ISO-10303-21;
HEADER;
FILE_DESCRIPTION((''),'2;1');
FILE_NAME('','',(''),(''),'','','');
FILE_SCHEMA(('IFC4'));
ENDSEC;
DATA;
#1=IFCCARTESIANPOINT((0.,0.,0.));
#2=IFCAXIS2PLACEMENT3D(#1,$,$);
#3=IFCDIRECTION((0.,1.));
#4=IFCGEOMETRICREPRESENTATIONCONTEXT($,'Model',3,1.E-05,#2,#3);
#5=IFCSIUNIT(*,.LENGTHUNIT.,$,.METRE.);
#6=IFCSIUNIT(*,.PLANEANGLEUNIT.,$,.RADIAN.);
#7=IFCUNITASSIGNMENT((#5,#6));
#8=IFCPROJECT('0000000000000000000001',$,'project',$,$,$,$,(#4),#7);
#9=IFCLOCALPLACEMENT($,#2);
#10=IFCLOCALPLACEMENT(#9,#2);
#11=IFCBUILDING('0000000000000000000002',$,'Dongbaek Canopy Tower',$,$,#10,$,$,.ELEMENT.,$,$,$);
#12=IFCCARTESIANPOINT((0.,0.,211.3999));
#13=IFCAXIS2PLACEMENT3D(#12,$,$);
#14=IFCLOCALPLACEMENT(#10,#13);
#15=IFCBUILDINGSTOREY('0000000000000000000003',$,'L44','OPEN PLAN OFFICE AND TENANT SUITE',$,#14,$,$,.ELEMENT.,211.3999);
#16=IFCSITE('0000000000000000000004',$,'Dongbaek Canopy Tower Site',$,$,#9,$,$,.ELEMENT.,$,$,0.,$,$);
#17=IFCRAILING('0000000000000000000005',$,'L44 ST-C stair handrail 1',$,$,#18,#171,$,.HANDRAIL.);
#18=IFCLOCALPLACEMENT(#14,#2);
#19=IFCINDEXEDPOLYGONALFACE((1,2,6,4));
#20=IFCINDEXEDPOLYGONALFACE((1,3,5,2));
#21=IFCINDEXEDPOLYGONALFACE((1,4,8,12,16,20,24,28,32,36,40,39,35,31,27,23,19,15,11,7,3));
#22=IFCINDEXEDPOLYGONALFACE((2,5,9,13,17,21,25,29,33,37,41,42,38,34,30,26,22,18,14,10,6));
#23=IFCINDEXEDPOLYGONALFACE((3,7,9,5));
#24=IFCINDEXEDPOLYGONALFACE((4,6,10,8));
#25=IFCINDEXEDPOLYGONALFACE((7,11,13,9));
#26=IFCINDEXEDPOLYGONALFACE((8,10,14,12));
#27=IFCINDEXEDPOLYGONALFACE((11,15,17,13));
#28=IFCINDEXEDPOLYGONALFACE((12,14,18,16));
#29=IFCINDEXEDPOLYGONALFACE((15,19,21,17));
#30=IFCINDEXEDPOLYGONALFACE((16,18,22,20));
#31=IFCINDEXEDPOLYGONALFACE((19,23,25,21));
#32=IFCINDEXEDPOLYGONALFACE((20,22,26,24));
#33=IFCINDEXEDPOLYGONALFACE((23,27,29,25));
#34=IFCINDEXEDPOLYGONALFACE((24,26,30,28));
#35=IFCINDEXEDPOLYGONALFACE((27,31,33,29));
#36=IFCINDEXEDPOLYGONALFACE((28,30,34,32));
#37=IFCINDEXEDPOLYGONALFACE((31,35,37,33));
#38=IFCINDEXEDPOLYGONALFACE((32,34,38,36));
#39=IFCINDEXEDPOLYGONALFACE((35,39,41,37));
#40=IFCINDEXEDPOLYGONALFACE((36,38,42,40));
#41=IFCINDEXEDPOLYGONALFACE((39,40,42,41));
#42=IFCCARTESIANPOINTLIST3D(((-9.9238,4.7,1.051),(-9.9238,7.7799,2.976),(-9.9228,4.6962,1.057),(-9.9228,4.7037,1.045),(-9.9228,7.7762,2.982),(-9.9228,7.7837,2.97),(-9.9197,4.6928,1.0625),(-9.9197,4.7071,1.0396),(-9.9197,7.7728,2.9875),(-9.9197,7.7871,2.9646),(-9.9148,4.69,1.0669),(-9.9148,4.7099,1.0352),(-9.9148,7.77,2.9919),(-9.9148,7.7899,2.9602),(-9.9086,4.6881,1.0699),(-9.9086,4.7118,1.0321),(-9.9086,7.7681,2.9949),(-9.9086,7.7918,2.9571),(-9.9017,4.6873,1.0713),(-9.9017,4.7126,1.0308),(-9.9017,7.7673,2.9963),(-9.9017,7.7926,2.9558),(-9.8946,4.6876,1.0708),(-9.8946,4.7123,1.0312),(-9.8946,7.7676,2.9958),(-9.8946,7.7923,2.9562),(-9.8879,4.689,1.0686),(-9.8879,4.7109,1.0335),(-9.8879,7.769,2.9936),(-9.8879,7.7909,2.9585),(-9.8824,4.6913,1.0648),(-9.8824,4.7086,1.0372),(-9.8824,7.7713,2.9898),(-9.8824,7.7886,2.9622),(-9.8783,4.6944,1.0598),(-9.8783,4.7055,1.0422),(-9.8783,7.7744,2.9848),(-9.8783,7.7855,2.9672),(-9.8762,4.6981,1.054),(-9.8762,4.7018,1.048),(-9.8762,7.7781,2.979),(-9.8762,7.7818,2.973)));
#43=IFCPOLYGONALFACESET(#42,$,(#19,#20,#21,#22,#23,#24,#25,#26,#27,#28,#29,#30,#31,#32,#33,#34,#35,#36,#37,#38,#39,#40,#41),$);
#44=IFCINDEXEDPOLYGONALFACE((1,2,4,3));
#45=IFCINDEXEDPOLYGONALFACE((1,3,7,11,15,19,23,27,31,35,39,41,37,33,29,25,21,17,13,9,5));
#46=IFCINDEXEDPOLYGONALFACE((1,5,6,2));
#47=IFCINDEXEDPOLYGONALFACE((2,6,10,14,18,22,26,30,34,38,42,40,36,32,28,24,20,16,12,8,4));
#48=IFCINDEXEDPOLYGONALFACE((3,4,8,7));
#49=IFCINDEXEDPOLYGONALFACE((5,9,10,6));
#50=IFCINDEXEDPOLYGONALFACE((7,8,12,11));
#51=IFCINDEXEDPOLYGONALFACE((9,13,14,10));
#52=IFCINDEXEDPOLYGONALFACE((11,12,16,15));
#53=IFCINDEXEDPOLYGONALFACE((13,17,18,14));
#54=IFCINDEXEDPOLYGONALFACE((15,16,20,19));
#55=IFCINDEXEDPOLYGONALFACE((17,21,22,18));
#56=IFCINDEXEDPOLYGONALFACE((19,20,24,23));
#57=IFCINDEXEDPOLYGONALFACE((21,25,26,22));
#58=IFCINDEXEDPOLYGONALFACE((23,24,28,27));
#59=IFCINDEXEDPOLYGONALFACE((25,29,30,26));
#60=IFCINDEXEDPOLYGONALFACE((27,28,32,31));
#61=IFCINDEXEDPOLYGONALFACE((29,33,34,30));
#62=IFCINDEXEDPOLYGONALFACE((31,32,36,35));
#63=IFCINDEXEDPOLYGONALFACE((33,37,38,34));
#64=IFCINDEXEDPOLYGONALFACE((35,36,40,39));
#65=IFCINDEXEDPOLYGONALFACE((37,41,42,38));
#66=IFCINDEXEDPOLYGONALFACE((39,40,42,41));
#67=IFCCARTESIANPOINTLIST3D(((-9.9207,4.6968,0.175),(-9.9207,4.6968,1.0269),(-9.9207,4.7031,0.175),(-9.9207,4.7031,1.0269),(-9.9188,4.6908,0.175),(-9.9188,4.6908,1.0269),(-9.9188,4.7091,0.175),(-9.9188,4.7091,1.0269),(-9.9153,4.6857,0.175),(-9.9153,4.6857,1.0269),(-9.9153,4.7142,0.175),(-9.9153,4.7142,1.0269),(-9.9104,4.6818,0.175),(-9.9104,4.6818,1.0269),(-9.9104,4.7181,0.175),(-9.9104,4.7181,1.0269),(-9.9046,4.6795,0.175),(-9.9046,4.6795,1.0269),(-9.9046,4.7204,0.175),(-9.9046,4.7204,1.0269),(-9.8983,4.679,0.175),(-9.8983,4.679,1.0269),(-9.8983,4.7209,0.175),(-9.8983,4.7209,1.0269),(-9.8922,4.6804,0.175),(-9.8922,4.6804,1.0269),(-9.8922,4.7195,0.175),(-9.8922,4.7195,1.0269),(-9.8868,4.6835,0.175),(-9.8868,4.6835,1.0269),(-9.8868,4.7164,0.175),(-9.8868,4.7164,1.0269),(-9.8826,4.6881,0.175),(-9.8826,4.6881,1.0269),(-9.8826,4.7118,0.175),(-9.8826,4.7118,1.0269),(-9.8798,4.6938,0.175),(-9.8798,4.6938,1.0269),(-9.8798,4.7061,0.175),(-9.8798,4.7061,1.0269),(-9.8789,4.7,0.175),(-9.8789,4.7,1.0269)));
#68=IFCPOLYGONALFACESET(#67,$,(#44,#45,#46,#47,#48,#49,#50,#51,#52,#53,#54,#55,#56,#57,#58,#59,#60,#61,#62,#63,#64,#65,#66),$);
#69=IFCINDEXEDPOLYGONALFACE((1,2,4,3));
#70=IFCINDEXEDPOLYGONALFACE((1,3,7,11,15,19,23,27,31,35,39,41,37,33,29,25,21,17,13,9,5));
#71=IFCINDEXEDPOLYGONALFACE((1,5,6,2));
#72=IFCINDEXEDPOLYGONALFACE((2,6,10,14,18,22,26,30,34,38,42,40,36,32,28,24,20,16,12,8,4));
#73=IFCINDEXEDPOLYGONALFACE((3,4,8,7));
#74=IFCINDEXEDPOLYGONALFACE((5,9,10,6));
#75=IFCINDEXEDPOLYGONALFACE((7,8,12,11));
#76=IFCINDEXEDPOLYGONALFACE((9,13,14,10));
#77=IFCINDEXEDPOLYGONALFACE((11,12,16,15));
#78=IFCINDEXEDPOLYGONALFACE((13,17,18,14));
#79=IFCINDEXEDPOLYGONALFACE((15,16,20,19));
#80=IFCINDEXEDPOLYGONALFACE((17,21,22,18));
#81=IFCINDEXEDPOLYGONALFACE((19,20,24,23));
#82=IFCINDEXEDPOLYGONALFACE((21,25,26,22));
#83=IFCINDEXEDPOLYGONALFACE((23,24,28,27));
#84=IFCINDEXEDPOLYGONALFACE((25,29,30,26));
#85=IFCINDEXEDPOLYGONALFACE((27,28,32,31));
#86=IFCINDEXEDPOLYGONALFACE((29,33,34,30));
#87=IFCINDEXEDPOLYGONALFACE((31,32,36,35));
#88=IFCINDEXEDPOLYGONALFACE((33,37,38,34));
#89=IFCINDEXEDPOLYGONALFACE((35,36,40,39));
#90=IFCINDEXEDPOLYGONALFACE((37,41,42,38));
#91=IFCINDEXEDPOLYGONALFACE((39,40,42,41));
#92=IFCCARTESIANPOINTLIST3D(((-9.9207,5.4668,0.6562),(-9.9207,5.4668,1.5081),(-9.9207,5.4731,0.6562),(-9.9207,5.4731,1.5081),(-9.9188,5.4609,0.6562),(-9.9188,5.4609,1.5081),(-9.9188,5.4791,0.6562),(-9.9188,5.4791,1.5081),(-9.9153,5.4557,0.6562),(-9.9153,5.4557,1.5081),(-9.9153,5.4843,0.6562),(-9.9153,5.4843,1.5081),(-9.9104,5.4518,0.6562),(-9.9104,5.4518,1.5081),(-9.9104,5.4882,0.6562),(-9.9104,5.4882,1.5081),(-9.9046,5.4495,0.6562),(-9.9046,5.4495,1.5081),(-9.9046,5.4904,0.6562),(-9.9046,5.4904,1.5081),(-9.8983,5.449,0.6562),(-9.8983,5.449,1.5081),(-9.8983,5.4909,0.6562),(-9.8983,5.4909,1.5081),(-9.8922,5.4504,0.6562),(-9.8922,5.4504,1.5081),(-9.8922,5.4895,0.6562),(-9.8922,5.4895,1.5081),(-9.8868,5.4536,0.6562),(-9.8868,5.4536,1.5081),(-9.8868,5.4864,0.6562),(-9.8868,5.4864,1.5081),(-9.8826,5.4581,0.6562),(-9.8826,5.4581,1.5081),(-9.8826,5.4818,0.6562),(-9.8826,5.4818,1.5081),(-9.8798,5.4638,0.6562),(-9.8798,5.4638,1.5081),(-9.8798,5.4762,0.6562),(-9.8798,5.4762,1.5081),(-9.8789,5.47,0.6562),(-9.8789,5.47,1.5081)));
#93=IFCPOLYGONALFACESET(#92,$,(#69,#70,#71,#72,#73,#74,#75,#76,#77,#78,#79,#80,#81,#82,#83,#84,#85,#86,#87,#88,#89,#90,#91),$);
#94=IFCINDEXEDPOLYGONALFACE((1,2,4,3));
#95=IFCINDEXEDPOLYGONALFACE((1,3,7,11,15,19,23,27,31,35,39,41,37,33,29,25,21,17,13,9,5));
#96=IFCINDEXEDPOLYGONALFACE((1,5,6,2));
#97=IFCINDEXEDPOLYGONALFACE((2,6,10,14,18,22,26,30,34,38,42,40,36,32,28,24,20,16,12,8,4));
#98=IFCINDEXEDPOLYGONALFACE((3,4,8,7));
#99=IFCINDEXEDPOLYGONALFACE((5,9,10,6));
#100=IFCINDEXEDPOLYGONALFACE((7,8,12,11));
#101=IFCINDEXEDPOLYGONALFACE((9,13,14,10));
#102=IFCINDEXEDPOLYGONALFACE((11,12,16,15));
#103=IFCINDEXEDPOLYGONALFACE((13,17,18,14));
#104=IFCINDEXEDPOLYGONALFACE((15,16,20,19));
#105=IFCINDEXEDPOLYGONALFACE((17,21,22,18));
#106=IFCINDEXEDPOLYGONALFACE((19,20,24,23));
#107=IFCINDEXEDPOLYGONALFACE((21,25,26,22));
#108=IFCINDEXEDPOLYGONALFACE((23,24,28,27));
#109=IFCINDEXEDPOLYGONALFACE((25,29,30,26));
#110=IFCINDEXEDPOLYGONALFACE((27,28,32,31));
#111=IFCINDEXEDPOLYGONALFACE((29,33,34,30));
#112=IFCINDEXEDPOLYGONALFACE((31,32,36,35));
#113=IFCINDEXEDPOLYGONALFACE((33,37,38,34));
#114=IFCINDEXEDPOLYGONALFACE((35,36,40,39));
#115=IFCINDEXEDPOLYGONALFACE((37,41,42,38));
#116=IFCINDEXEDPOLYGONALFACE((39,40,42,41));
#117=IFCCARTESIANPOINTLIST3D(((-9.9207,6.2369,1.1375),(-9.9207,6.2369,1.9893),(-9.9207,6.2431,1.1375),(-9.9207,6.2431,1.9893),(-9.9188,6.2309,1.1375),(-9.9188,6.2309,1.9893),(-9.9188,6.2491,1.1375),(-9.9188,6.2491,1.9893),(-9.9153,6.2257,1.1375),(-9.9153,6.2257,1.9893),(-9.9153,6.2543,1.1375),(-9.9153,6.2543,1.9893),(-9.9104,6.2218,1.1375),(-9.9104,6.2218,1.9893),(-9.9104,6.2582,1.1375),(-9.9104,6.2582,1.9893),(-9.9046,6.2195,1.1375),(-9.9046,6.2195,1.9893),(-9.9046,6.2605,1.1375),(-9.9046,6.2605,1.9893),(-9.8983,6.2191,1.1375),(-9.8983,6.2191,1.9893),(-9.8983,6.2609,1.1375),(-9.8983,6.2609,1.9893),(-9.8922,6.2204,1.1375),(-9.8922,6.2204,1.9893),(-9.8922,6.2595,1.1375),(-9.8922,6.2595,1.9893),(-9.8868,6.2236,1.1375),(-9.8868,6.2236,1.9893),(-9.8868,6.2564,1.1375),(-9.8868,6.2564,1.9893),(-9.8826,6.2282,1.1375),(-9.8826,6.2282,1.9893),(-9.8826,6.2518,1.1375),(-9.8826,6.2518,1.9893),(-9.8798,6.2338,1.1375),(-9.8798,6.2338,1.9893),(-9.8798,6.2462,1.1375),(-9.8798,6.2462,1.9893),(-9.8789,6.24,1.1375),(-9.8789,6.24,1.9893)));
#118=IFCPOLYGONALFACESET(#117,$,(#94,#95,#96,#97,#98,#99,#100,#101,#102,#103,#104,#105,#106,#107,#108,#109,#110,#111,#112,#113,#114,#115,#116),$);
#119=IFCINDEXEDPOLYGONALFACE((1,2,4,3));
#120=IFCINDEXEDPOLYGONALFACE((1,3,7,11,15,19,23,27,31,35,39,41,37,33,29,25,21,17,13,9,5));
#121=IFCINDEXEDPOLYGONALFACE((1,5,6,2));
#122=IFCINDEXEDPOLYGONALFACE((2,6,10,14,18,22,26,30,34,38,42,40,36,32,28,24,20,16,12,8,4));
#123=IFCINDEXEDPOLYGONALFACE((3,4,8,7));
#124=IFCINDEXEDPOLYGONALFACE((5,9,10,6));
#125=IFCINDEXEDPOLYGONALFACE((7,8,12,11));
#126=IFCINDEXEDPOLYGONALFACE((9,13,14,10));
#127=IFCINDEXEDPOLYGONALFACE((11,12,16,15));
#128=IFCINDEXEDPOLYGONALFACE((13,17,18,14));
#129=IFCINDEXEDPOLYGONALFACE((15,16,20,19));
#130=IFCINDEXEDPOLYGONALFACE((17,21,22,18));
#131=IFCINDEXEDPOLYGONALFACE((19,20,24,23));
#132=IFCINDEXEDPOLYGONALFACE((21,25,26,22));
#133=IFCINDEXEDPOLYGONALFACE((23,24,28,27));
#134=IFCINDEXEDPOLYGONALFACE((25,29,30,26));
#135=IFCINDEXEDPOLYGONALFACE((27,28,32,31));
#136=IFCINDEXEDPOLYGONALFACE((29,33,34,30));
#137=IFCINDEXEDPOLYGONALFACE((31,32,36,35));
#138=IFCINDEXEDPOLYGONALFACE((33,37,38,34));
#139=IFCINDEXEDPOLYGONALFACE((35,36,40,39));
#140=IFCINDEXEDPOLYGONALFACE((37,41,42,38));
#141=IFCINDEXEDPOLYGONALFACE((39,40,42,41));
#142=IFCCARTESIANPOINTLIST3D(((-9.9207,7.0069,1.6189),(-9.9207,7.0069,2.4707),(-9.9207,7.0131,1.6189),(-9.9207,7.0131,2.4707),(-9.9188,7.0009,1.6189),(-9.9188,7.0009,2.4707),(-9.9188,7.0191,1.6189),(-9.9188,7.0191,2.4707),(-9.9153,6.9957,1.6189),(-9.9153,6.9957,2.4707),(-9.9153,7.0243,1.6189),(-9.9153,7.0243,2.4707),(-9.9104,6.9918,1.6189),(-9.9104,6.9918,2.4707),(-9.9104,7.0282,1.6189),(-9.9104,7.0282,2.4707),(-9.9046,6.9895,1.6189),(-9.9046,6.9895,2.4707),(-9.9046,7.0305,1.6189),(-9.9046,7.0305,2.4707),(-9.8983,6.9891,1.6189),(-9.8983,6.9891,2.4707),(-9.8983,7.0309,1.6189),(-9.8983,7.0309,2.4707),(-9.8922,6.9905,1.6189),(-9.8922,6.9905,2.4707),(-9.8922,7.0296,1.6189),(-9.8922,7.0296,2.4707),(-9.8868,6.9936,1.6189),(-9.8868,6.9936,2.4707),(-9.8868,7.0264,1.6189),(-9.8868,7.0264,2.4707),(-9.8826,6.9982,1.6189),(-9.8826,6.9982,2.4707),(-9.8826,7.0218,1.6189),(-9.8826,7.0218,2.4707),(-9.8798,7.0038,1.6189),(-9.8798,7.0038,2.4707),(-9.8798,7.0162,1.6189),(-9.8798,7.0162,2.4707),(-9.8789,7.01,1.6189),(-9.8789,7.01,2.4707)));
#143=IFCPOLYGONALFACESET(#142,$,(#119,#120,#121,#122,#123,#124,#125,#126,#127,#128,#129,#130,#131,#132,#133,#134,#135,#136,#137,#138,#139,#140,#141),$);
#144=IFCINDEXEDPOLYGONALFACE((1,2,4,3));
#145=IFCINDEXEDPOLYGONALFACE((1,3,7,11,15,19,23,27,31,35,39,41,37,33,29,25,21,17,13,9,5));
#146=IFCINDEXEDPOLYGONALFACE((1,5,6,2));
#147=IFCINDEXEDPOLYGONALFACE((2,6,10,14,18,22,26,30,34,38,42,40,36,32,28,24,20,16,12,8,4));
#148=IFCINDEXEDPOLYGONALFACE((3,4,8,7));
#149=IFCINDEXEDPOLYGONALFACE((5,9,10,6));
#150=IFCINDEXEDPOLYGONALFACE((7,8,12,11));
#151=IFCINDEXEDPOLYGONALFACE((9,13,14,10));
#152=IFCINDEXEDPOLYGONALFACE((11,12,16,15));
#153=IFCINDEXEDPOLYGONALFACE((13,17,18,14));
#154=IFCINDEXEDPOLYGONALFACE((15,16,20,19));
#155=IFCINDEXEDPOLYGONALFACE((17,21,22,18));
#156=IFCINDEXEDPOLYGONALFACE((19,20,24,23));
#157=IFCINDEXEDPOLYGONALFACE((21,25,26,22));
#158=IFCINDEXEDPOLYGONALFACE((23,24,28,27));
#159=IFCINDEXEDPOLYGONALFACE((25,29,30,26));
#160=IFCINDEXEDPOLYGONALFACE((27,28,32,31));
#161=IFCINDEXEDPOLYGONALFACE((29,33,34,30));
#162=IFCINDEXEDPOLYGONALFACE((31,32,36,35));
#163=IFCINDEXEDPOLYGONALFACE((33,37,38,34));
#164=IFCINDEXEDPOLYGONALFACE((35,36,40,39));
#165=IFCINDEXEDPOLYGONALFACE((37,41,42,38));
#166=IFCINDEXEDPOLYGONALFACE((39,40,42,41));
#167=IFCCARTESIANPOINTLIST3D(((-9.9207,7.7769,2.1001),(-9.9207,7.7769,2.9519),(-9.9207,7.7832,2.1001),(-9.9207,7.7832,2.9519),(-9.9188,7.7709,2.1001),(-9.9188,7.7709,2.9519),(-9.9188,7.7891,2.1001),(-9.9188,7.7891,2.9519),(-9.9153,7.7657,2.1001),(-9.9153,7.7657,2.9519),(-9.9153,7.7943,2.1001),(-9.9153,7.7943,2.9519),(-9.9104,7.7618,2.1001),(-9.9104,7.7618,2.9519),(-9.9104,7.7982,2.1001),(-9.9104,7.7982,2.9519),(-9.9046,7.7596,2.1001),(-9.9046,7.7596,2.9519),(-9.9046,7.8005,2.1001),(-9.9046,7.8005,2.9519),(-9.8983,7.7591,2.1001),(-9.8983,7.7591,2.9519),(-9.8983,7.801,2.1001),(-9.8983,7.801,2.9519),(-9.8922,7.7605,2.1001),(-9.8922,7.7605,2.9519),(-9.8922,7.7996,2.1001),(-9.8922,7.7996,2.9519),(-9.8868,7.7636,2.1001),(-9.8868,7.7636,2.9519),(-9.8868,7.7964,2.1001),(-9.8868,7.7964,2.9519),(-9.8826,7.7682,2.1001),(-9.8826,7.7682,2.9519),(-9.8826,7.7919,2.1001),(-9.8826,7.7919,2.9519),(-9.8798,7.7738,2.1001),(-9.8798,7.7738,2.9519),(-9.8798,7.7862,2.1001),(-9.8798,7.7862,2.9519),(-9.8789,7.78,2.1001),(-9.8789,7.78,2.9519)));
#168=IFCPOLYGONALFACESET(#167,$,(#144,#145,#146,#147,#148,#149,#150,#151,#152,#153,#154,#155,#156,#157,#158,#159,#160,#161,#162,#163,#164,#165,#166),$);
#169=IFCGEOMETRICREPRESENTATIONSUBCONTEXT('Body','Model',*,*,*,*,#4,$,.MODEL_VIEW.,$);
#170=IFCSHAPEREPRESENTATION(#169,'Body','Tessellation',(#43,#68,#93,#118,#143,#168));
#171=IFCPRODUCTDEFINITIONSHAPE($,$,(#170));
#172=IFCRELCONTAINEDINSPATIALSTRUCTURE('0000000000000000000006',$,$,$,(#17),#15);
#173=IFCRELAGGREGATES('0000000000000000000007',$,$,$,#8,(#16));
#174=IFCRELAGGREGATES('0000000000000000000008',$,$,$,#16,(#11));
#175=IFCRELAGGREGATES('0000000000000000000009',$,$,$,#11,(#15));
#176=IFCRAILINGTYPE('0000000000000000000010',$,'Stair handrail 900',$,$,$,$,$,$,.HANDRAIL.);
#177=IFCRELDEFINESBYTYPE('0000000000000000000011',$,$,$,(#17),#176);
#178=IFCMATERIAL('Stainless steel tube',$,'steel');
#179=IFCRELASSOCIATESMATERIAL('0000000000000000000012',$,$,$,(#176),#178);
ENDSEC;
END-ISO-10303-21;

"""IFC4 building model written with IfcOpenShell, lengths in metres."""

from ifc_helpers import new_model, si_unit, direction, frame, origin, origin_2d, place, context, subcontext, project, spatial, circle, extrude, material, type_object, element, save


model = new_model("IFC4")

# Units and contexts
model_context = context("Model", 3, precision=1e-05, world=origin(), true_north=direction((0.0, 1.0)))
body_context = subcontext(model_context, "Body", "Model", "MODEL_VIEW")
ifc_project = project(units=[si_unit("LENGTHUNIT", "METRE"), si_unit("PLANEANGLEUNIT", "RADIAN")], contexts=[model_context])

# Site, building, storey
site_placement = place(None, origin())
site = spatial("IfcSite", under=ifc_project, at=site_placement, Name="Dongbaek Canopy Tower Site", CompositionType="ELEMENT", RefElevation=0.0)
building_placement = place(site_placement, origin())
building = spatial("IfcBuilding", under=site, at=building_placement, Name="Dongbaek Canopy Tower", CompositionType="ELEMENT")
storey_placement = place(building_placement, frame((0.0, 0.0, 211.3999)))
storey = spatial("IfcBuildingStorey", under=building, at=storey_placement, Name="L44", Description="OPEN PLAN OFFICE AND TENANT SUITE", CompositionType="ELEMENT", Elevation=211.3999)

# Railing
ifc_material_1 = material(Name="Stainless steel tube", Category="steel")
railing_type_1 = type_object("IfcRailingType", Name="Stair handrail 900", PredefinedType="HANDRAIL", material=ifc_material_1)
railing_1_placement = place(storey_placement, frame((-9.8999, 4.7, 0.175)))
element("IfcRailing", 1, at=railing_1_placement, inside=storey, type_object=railing_type_1, Name="L44 ST-C stair handrail 1", PredefinedType="HANDRAIL", context=body_context, shape_type="SweptSolid", body=[
    extrude(circle(Radius=0.0239, at=origin_2d()), frame((0.0, 0.0, 0.876), z_axis=(0.0, 0.847998, 0.529999), x_axis=(-1.0, 0.0, 0.0)), (0.0, 0.0, 1.0), 3.6321),
    extrude(circle(Radius=0.021, at=origin_2d()), origin(), (0.0, 0.0, 1.0), 0.8518),
    extrude(circle(Radius=0.021, at=origin_2d()), frame((0.0, 0.77, 0.4812)), (0.0, 0.0, 1.0), 0.8518),
    extrude(circle(Radius=0.021, at=origin_2d()), frame((0.0, 1.54, 0.9624)), (0.0, 0.0, 1.0), 0.8518),
    extrude(circle(Radius=0.021, at=origin_2d()), frame((0.0, 2.3101, 1.4438)), (0.0, 0.0, 1.0), 0.8518),
    extrude(circle(Radius=0.021, at=origin_2d()), frame((0.0, 3.0801, 1.925)), (0.0, 0.0, 1.0), 0.8518),
])

save(model, "model.ifc")
